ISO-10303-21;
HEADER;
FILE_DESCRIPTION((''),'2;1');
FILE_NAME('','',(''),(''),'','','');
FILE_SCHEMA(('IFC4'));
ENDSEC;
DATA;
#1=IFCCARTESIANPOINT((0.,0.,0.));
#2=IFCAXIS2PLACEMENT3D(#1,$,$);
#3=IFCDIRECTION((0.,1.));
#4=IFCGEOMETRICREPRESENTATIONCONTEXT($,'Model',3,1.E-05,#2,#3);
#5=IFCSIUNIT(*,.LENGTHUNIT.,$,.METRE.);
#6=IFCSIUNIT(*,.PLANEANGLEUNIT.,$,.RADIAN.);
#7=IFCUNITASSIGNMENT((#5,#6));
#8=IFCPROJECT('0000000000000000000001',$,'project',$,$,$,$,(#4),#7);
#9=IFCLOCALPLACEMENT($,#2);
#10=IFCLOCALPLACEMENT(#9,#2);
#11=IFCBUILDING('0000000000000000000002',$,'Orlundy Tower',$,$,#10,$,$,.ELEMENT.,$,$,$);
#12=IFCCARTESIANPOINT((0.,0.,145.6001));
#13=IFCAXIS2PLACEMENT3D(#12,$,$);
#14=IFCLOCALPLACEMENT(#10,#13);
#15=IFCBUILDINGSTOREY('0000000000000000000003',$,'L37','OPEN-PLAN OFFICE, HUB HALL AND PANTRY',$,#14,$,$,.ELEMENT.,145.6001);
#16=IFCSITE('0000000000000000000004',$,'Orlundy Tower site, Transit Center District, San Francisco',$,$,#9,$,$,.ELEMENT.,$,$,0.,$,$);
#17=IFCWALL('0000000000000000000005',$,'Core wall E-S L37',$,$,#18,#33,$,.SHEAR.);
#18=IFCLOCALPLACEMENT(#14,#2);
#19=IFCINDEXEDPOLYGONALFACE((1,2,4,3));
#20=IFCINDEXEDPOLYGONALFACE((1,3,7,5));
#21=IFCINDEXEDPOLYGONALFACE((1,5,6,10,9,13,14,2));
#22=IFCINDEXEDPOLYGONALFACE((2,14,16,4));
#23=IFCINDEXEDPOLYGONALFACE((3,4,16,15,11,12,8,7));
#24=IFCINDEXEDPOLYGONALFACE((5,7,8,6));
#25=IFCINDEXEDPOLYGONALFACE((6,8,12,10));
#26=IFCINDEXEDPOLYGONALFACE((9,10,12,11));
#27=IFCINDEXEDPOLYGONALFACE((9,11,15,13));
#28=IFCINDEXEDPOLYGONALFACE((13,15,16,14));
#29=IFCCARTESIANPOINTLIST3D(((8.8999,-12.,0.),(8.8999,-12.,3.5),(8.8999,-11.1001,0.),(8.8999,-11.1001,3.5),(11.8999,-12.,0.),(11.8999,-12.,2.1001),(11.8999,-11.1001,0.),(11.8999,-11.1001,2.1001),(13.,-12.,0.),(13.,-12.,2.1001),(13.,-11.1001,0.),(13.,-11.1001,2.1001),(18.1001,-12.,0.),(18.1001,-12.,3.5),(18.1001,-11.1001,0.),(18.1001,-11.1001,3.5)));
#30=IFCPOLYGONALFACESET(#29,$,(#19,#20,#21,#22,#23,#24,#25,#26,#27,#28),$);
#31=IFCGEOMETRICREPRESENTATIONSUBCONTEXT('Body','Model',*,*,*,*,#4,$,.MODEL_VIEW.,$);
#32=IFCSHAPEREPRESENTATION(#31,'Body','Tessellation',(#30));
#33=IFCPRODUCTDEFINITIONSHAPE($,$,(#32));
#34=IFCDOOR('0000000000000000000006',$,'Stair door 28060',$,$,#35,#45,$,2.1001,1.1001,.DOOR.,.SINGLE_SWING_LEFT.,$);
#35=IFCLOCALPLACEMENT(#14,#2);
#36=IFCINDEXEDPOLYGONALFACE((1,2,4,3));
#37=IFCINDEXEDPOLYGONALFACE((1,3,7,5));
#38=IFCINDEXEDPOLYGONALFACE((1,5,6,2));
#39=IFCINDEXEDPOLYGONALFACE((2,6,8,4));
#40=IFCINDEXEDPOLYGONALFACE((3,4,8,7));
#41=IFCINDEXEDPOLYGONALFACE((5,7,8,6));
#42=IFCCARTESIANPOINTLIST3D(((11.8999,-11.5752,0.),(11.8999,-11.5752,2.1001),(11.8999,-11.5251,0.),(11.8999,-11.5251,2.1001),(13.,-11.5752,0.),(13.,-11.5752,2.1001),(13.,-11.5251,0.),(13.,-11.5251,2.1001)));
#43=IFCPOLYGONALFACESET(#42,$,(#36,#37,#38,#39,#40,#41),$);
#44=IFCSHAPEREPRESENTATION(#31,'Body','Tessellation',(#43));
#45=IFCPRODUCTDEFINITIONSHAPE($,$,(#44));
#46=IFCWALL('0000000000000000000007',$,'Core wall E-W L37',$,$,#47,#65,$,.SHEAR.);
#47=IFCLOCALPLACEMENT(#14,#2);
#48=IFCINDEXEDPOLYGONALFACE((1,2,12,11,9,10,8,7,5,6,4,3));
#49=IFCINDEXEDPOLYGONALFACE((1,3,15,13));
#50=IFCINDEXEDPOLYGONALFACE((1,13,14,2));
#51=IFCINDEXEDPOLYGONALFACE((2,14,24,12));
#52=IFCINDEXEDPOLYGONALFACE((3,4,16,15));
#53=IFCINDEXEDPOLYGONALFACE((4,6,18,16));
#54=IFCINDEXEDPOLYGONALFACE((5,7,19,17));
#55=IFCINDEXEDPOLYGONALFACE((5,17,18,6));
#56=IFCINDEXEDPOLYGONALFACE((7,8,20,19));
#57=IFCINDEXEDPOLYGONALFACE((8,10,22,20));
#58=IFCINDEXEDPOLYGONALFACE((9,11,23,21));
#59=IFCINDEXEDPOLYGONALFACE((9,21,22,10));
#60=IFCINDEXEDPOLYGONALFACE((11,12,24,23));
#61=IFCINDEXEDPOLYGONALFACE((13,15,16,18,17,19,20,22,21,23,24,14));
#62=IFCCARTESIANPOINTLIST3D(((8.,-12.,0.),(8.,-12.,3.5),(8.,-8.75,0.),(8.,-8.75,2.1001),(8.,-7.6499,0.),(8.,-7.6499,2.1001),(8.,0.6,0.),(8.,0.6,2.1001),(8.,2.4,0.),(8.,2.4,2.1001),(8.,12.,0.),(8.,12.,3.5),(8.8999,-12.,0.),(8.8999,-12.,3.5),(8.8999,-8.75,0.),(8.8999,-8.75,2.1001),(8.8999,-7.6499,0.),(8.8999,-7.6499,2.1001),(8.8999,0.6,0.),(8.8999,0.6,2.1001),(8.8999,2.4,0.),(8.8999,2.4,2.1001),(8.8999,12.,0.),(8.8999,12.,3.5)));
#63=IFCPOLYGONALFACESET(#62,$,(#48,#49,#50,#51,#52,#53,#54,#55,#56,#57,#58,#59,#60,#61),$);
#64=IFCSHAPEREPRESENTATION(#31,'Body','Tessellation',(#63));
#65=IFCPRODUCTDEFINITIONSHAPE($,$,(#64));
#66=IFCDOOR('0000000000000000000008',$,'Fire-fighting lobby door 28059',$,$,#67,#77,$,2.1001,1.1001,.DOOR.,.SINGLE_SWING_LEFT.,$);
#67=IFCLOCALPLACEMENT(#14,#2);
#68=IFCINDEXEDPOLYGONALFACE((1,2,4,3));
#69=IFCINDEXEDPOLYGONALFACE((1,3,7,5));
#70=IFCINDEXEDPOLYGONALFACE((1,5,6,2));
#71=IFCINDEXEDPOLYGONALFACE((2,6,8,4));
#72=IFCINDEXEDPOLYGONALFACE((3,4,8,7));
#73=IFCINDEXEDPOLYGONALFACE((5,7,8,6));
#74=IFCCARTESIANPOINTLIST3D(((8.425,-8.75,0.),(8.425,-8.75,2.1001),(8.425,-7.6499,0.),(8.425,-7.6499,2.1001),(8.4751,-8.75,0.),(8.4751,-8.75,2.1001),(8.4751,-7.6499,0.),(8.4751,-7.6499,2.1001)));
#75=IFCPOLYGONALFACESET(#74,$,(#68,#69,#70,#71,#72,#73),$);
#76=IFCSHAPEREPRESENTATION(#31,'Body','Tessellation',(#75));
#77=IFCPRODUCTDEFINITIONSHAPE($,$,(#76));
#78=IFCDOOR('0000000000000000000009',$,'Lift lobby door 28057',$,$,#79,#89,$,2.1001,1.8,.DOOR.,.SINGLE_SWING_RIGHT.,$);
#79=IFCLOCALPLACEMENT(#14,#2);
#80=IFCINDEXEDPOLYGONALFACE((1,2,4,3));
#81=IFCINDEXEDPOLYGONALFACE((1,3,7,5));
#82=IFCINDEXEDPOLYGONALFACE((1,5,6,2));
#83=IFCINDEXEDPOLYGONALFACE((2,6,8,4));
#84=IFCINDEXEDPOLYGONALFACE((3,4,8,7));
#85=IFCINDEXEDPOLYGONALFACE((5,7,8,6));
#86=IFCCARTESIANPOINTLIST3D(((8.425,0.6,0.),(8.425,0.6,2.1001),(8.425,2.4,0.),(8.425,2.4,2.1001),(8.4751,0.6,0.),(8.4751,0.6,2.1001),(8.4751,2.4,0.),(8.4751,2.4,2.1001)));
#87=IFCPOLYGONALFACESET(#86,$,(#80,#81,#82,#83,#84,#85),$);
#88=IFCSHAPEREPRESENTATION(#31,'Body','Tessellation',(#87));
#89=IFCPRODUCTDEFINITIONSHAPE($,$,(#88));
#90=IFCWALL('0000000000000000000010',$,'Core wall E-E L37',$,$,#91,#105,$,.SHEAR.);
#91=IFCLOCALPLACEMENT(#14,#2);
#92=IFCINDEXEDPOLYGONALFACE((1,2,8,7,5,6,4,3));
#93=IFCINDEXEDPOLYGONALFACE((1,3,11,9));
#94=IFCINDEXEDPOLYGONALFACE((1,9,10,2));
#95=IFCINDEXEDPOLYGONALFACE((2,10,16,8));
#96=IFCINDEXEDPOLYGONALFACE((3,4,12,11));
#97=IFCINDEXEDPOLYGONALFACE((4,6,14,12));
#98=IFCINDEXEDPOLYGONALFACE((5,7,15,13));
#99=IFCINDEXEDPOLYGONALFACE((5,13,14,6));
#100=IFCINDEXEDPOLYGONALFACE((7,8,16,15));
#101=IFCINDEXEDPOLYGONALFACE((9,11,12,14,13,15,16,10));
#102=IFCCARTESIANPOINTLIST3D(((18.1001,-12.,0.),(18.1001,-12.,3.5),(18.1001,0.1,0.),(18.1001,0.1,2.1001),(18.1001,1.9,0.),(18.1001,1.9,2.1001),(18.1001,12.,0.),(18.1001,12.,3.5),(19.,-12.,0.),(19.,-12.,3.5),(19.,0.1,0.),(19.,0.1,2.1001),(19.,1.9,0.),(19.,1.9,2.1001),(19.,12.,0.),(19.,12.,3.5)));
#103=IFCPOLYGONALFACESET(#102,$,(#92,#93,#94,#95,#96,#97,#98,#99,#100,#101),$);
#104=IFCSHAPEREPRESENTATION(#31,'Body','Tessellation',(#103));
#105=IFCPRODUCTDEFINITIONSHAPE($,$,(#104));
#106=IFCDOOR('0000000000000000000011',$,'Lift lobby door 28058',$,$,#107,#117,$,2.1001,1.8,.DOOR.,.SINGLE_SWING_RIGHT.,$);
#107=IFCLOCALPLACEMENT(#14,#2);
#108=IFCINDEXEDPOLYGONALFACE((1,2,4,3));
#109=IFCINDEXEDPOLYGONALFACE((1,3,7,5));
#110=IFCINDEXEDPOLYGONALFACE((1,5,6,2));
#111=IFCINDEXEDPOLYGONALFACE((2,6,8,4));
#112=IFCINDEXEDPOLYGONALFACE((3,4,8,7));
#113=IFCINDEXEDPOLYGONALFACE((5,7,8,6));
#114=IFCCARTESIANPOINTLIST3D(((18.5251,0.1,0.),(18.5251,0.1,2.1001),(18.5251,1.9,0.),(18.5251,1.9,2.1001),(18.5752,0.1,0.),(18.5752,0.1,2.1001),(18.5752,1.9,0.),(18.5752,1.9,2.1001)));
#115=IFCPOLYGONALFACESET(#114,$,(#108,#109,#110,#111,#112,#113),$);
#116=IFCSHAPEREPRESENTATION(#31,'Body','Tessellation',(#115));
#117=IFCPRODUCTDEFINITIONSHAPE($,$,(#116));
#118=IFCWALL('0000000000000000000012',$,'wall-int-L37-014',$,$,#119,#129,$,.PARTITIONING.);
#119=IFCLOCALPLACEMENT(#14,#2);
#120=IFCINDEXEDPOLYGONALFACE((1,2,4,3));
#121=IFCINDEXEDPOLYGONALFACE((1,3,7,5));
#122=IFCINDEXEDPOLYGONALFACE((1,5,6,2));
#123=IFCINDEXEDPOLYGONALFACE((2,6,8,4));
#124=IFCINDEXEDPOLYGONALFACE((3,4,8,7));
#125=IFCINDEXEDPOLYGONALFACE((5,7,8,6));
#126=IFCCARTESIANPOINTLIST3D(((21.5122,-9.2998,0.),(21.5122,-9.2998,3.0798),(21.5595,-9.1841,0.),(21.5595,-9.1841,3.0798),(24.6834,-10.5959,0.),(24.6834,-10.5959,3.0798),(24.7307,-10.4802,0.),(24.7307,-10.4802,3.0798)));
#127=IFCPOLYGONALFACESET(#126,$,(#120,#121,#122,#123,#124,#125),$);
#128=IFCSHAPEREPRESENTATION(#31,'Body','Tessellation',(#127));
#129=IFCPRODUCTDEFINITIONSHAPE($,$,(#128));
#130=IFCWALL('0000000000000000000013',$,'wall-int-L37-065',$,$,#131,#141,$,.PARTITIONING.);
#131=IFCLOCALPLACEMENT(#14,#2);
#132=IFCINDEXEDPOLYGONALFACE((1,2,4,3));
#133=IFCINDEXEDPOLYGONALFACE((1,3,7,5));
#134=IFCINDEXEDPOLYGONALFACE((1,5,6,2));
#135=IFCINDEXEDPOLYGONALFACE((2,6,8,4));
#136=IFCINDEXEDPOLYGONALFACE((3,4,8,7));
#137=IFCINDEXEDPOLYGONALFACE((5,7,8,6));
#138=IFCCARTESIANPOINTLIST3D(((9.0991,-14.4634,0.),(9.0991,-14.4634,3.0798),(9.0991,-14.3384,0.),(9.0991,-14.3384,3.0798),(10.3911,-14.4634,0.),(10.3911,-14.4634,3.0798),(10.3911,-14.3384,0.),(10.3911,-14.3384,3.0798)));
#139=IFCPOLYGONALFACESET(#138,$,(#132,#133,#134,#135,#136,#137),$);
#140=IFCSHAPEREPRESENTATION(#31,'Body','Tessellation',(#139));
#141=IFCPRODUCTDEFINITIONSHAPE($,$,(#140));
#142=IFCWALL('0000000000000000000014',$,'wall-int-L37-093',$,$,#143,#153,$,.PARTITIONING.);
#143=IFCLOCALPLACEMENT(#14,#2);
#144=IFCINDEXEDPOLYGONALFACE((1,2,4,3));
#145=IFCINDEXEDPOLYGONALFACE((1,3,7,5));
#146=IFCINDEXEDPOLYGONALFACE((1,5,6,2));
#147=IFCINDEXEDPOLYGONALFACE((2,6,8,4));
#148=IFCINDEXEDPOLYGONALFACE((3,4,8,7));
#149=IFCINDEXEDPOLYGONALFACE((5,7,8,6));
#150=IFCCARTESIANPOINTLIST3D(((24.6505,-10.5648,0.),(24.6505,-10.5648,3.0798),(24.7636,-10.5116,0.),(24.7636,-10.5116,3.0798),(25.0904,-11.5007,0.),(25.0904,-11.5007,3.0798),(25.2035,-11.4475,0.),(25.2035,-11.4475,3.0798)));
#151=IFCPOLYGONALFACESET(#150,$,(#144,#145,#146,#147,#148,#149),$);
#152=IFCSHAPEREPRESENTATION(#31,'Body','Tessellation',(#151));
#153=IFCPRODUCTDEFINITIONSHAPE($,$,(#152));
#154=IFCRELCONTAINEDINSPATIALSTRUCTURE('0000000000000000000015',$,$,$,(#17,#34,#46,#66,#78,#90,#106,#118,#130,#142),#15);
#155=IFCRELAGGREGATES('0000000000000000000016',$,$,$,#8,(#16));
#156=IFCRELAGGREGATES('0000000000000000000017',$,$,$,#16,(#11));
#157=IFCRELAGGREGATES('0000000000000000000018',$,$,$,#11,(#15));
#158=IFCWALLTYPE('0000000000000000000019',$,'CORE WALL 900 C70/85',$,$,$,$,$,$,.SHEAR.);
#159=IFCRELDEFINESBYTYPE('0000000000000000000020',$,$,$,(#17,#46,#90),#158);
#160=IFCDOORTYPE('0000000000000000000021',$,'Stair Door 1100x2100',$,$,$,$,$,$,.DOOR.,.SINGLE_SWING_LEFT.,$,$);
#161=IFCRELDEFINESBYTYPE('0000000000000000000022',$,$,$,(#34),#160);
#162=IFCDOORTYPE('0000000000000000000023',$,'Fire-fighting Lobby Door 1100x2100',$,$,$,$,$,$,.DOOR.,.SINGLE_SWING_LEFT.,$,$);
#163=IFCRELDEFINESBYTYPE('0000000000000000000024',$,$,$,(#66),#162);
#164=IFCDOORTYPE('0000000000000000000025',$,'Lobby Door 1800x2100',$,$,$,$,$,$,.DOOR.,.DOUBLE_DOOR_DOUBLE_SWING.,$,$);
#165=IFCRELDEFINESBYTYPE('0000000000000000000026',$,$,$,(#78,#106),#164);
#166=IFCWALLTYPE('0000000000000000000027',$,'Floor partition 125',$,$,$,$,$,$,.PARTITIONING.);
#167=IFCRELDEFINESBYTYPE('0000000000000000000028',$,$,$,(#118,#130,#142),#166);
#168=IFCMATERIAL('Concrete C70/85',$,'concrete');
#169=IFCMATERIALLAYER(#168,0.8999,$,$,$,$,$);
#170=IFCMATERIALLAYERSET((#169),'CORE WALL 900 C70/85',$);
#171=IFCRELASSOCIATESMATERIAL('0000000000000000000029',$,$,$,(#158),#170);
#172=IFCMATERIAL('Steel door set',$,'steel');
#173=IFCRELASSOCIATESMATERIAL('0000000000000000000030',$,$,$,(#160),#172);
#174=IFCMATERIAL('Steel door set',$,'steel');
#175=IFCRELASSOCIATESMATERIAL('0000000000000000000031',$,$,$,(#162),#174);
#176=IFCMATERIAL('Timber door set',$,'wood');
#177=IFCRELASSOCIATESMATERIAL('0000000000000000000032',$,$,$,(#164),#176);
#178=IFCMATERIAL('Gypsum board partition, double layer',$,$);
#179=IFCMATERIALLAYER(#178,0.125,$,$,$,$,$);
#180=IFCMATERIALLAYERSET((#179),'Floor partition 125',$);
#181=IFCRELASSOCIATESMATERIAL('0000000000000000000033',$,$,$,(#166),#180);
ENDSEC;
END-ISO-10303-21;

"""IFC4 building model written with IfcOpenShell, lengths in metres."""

from ifc_helpers import new_model, si_unit, direction, frame, frame_2d, origin, place, context, subcontext, project, spatial, rectangle, extrude, material, layer, layer_set, type_object, element, fill, save


model = new_model("IFC4")

# Units and contexts
model_context = context("Model", 3, precision=1e-05, world=origin(), true_north=direction((0.0, 1.0)))
body_context = subcontext(model_context, "Body", "Model", "MODEL_VIEW")
ifc_project = project(units=[si_unit("LENGTHUNIT", "METRE"), si_unit("PLANEANGLEUNIT", "RADIAN")], contexts=[model_context])

# Site, building, storey
site_placement = place(None, origin())
site = spatial("IfcSite", under=ifc_project, at=site_placement, Name="Orlundy Tower site, Transit Center District, San Francisco", CompositionType="ELEMENT", RefElevation=0.0)
building_placement = place(site_placement, origin())
building = spatial("IfcBuilding", under=site, at=building_placement, Name="Orlundy Tower", CompositionType="ELEMENT")
storey_placement = place(building_placement, frame((0.0, 0.0, 145.6001)))
storey = spatial("IfcBuildingStorey", under=building, at=storey_placement, Name="L37", Description="OPEN-PLAN OFFICE, HUB HALL AND PANTRY", CompositionType="ELEMENT", Elevation=145.6001)

# Wall, opening, door
ifc_material_1 = material(Name="Concrete C70/85", Category="concrete")
ifc_layer_1 = layer(ifc_material_1, 0.8999)
ifc_layer_set_1 = layer_set([ifc_layer_1], Name="CORE WALL 900 C70/85")
wall_type_1 = type_object("IfcWallType", Name="CORE WALL 900 C70/85", PredefinedType="SHEAR", material=ifc_layer_set_1)
wall_1_placement = place(storey_placement, frame((8.8999, -11.55, 0.0), z_axis=(0.0, 0.0, 1.0), x_axis=(1.0, 0.0, 0.0)))
wall_1 = element("IfcWall", 1, at=wall_1_placement, inside=storey, type_object=wall_type_1, Name="Core wall E-S L37", PredefinedType="SHEAR", context=body_context, shape_type="SweptSolid", body=[
    extrude(rectangle(XDim=9.2002, YDim=0.8999, at=frame_2d((4.6001, 0.0))), origin(), (0.0, 0.0, 1.0), 3.5),
])
opening_1_placement = place(wall_1_placement, frame((3.0, 0.0, 0.0)))
opening_1 = element("IfcOpeningElement", 2, at=opening_1_placement, cuts=wall_1, PredefinedType="OPENING", context=body_context, shape_type="SweptSolid", body=[
    extrude(rectangle(XDim=1.1001, YDim=2.1001, at=frame_2d((0.55, 1.05))), frame((0.0, 0.46, 0.0), z_axis=(0.0, -1.0, 0.0), x_axis=(1.0, 0.0, 0.0)), (0.0, 0.0, 1.0), 0.9199),
])
ifc_material_2 = material(Name="Steel door set", Category="steel")
door_type_1 = type_object("IfcDoorType", Name="Stair Door 1100x2100", OperationType="SINGLE_SWING_LEFT", PredefinedType="DOOR", material=ifc_material_2)
door_1_placement = place(opening_1_placement, origin())
door_1 = element("IfcDoor", 3, at=door_1_placement, inside=storey, type_object=door_type_1, Name="Stair door 28060", OperationType="SINGLE_SWING_LEFT", OverallHeight=2.1001, OverallWidth=1.1001, PredefinedType="DOOR", context=body_context, shape_type="SweptSolid", body=[
    extrude(rectangle(XDim=1.1001, YDim=2.1001, at=frame_2d((0.55, 1.05))), frame((0.0, 0.0249, 0.0), z_axis=(0.0, -1.0, 0.0), x_axis=(1.0, 0.0, 0.0)), (0.0, 0.0, 1.0), 0.05),
])
fill(opening_1, door_1)

# Wall, openings, doors
wall_2_placement = place(storey_placement, frame((8.45, -12.0, 0.0), z_axis=(0.0, 0.0, 1.0), x_axis=(0.0, 1.0, 0.0)))
wall_2 = element("IfcWall", 4, at=wall_2_placement, inside=storey, type_object=wall_type_1, Name="Core wall E-W L37", PredefinedType="SHEAR", context=body_context, shape_type="SweptSolid", body=[
    extrude(rectangle(XDim=24.0, YDim=0.8999, at=frame_2d((12.0, 0.0))), origin(), (0.0, 0.0, 1.0), 3.5),
])
opening_2_placement = place(wall_2_placement, frame((12.6001, 0.0, 0.0)))
opening_2 = element("IfcOpeningElement", 5, at=opening_2_placement, cuts=wall_2, PredefinedType="OPENING", context=body_context, shape_type="SweptSolid", body=[
    extrude(rectangle(XDim=1.8, YDim=2.1001, at=frame_2d((0.8999, 1.05))), frame((0.0, 0.46, 0.0), z_axis=(0.0, -1.0, 0.0), x_axis=(1.0, 0.0, 0.0)), (0.0, 0.0, 1.0), 0.9199),
])
opening_3_placement = place(wall_2_placement, frame((3.25, 0.0, 0.0)))
opening_3 = element("IfcOpeningElement", 6, at=opening_3_placement, cuts=wall_2, PredefinedType="OPENING", context=body_context, shape_type="SweptSolid", body=[
    extrude(rectangle(XDim=1.1001, YDim=2.1001, at=frame_2d((0.55, 1.05))), frame((0.0, 0.46, 0.0), z_axis=(0.0, -1.0, 0.0), x_axis=(1.0, 0.0, 0.0)), (0.0, 0.0, 1.0), 0.9199),
])
ifc_material_3 = material(Name="Steel door set", Category="steel")
door_type_2 = type_object("IfcDoorType", Name="Fire-fighting Lobby Door 1100x2100", OperationType="SINGLE_SWING_LEFT", PredefinedType="DOOR", material=ifc_material_3)
door_2_placement = place(opening_3_placement, origin())
door_2 = element("IfcDoor", 7, at=door_2_placement, inside=storey, type_object=door_type_2, Name="Fire-fighting lobby door 28059", OperationType="SINGLE_SWING_LEFT", OverallHeight=2.1001, OverallWidth=1.1001, PredefinedType="DOOR", context=body_context, shape_type="SweptSolid", body=[
    extrude(rectangle(XDim=1.1001, YDim=2.1001, at=frame_2d((0.55, 1.05))), frame((0.0, 0.0249, 0.0), z_axis=(0.0, -1.0, 0.0), x_axis=(1.0, 0.0, 0.0)), (0.0, 0.0, 1.0), 0.05),
])
fill(opening_3, door_2)
ifc_material_4 = material(Name="Timber door set", Category="wood")
door_type_3 = type_object("IfcDoorType", Name="Lobby Door 1800x2100", OperationType="DOUBLE_DOOR_DOUBLE_SWING", PredefinedType="DOOR", material=ifc_material_4)
door_3_placement = place(opening_2_placement, origin())
door_3 = element("IfcDoor", 8, at=door_3_placement, inside=storey, type_object=door_type_3, Name="Lift lobby door 28057", OperationType="SINGLE_SWING_RIGHT", OverallHeight=2.1001, OverallWidth=1.8, PredefinedType="DOOR", context=body_context, shape_type="SweptSolid", body=[
    extrude(rectangle(XDim=1.8, YDim=2.1001, at=frame_2d((0.8999, 1.05))), frame((0.0, 0.0249, 0.0), z_axis=(0.0, -1.0, 0.0), x_axis=(1.0, 0.0, 0.0)), (0.0, 0.0, 1.0), 0.05),
])
fill(opening_2, door_3)

# Wall, opening, door
wall_3_placement = place(storey_placement, frame((18.55, -12.0, 0.0), z_axis=(0.0, 0.0, 1.0), x_axis=(0.0, 1.0, 0.0)))
wall_3 = element("IfcWall", 9, at=wall_3_placement, inside=storey, type_object=wall_type_1, Name="Core wall E-E L37", PredefinedType="SHEAR", context=body_context, shape_type="SweptSolid", body=[
    extrude(rectangle(XDim=24.0, YDim=0.8999, at=frame_2d((12.0, 0.0))), origin(), (0.0, 0.0, 1.0), 3.5),
])
opening_4_placement = place(wall_3_placement, frame((12.1001, 0.0, 0.0)))
opening_4 = element("IfcOpeningElement", 10, at=opening_4_placement, cuts=wall_3, PredefinedType="OPENING", context=body_context, shape_type="SweptSolid", body=[
    extrude(rectangle(XDim=1.8, YDim=2.1001, at=frame_2d((0.8999, 1.05))), frame((0.0, 0.46, 0.0), z_axis=(0.0, -1.0, 0.0), x_axis=(1.0, 0.0, 0.0)), (0.0, 0.0, 1.0), 0.9199),
])
door_4_placement = place(opening_4_placement, origin())
door_4 = element("IfcDoor", 11, at=door_4_placement, inside=storey, type_object=door_type_3, Name="Lift lobby door 28058", OperationType="SINGLE_SWING_RIGHT", OverallHeight=2.1001, OverallWidth=1.8, PredefinedType="DOOR", context=body_context, shape_type="SweptSolid", body=[
    extrude(rectangle(XDim=1.8, YDim=2.1001, at=frame_2d((0.8999, 1.05))), frame((0.0, 0.0249, 0.0), z_axis=(0.0, -1.0, 0.0), x_axis=(1.0, 0.0, 0.0)), (0.0, 0.0, 1.0), 0.05),
])
fill(opening_4, door_4)

# Walls
ifc_material_5 = material(Name="Gypsum board partition, double layer")
ifc_layer_2 = layer(ifc_material_5, 0.125)
ifc_layer_set_2 = layer_set([ifc_layer_2], Name="Floor partition 125")
wall_type_2 = type_object("IfcWallType", Name="Floor partition 125", PredefinedType="PARTITIONING", material=ifc_layer_set_2)
wall_4_placement = place(storey_placement, frame((21.5359, -9.2419, 0.0), z_axis=(0.0, 0.0, 1.0), x_axis=(0.925664, -0.378347, 0.0)))
element("IfcWall", 12, at=wall_4_placement, inside=storey, type_object=wall_type_2, Name="wall-int-L37-014", PredefinedType="PARTITIONING", context=body_context, shape_type="SweptSolid", body=[
    extrude(rectangle(XDim=3.4258, YDim=0.125, at=frame_2d((1.7129, 0.0))), origin(), (0.0, 0.0, 1.0), 3.0798),
])
wall_5_placement = place(storey_placement, frame((9.0991, -14.4009, 0.0), z_axis=(0.0, 0.0, 1.0), x_axis=(1.0, 0.0, 0.0)))
element("IfcWall", 13, at=wall_5_placement, inside=storey, type_object=wall_type_2, Name="wall-int-L37-065", PredefinedType="PARTITIONING", context=body_context, shape_type="SweptSolid", body=[
    extrude(rectangle(XDim=1.292, YDim=0.125, at=frame_2d((0.646, 0.0))), origin(), (0.0, 0.0, 1.0), 3.0798),
])
wall_6_placement = place(storey_placement, frame((25.147, -11.4741, 0.0), z_axis=(0.0, 0.0, 1.0), x_axis=(-0.425365, 0.905022, 0.0)))
element("IfcWall", 14, at=wall_6_placement, inside=storey, type_object=wall_type_2, Name="wall-int-L37-093", PredefinedType="PARTITIONING", context=body_context, shape_type="SweptSolid", body=[
    extrude(rectangle(XDim=1.0342, YDim=0.125, at=frame_2d((0.5171, 0.0))), origin(), (0.0, 0.0, 1.0), 3.0798),
])

save(model, "model.ifc")
